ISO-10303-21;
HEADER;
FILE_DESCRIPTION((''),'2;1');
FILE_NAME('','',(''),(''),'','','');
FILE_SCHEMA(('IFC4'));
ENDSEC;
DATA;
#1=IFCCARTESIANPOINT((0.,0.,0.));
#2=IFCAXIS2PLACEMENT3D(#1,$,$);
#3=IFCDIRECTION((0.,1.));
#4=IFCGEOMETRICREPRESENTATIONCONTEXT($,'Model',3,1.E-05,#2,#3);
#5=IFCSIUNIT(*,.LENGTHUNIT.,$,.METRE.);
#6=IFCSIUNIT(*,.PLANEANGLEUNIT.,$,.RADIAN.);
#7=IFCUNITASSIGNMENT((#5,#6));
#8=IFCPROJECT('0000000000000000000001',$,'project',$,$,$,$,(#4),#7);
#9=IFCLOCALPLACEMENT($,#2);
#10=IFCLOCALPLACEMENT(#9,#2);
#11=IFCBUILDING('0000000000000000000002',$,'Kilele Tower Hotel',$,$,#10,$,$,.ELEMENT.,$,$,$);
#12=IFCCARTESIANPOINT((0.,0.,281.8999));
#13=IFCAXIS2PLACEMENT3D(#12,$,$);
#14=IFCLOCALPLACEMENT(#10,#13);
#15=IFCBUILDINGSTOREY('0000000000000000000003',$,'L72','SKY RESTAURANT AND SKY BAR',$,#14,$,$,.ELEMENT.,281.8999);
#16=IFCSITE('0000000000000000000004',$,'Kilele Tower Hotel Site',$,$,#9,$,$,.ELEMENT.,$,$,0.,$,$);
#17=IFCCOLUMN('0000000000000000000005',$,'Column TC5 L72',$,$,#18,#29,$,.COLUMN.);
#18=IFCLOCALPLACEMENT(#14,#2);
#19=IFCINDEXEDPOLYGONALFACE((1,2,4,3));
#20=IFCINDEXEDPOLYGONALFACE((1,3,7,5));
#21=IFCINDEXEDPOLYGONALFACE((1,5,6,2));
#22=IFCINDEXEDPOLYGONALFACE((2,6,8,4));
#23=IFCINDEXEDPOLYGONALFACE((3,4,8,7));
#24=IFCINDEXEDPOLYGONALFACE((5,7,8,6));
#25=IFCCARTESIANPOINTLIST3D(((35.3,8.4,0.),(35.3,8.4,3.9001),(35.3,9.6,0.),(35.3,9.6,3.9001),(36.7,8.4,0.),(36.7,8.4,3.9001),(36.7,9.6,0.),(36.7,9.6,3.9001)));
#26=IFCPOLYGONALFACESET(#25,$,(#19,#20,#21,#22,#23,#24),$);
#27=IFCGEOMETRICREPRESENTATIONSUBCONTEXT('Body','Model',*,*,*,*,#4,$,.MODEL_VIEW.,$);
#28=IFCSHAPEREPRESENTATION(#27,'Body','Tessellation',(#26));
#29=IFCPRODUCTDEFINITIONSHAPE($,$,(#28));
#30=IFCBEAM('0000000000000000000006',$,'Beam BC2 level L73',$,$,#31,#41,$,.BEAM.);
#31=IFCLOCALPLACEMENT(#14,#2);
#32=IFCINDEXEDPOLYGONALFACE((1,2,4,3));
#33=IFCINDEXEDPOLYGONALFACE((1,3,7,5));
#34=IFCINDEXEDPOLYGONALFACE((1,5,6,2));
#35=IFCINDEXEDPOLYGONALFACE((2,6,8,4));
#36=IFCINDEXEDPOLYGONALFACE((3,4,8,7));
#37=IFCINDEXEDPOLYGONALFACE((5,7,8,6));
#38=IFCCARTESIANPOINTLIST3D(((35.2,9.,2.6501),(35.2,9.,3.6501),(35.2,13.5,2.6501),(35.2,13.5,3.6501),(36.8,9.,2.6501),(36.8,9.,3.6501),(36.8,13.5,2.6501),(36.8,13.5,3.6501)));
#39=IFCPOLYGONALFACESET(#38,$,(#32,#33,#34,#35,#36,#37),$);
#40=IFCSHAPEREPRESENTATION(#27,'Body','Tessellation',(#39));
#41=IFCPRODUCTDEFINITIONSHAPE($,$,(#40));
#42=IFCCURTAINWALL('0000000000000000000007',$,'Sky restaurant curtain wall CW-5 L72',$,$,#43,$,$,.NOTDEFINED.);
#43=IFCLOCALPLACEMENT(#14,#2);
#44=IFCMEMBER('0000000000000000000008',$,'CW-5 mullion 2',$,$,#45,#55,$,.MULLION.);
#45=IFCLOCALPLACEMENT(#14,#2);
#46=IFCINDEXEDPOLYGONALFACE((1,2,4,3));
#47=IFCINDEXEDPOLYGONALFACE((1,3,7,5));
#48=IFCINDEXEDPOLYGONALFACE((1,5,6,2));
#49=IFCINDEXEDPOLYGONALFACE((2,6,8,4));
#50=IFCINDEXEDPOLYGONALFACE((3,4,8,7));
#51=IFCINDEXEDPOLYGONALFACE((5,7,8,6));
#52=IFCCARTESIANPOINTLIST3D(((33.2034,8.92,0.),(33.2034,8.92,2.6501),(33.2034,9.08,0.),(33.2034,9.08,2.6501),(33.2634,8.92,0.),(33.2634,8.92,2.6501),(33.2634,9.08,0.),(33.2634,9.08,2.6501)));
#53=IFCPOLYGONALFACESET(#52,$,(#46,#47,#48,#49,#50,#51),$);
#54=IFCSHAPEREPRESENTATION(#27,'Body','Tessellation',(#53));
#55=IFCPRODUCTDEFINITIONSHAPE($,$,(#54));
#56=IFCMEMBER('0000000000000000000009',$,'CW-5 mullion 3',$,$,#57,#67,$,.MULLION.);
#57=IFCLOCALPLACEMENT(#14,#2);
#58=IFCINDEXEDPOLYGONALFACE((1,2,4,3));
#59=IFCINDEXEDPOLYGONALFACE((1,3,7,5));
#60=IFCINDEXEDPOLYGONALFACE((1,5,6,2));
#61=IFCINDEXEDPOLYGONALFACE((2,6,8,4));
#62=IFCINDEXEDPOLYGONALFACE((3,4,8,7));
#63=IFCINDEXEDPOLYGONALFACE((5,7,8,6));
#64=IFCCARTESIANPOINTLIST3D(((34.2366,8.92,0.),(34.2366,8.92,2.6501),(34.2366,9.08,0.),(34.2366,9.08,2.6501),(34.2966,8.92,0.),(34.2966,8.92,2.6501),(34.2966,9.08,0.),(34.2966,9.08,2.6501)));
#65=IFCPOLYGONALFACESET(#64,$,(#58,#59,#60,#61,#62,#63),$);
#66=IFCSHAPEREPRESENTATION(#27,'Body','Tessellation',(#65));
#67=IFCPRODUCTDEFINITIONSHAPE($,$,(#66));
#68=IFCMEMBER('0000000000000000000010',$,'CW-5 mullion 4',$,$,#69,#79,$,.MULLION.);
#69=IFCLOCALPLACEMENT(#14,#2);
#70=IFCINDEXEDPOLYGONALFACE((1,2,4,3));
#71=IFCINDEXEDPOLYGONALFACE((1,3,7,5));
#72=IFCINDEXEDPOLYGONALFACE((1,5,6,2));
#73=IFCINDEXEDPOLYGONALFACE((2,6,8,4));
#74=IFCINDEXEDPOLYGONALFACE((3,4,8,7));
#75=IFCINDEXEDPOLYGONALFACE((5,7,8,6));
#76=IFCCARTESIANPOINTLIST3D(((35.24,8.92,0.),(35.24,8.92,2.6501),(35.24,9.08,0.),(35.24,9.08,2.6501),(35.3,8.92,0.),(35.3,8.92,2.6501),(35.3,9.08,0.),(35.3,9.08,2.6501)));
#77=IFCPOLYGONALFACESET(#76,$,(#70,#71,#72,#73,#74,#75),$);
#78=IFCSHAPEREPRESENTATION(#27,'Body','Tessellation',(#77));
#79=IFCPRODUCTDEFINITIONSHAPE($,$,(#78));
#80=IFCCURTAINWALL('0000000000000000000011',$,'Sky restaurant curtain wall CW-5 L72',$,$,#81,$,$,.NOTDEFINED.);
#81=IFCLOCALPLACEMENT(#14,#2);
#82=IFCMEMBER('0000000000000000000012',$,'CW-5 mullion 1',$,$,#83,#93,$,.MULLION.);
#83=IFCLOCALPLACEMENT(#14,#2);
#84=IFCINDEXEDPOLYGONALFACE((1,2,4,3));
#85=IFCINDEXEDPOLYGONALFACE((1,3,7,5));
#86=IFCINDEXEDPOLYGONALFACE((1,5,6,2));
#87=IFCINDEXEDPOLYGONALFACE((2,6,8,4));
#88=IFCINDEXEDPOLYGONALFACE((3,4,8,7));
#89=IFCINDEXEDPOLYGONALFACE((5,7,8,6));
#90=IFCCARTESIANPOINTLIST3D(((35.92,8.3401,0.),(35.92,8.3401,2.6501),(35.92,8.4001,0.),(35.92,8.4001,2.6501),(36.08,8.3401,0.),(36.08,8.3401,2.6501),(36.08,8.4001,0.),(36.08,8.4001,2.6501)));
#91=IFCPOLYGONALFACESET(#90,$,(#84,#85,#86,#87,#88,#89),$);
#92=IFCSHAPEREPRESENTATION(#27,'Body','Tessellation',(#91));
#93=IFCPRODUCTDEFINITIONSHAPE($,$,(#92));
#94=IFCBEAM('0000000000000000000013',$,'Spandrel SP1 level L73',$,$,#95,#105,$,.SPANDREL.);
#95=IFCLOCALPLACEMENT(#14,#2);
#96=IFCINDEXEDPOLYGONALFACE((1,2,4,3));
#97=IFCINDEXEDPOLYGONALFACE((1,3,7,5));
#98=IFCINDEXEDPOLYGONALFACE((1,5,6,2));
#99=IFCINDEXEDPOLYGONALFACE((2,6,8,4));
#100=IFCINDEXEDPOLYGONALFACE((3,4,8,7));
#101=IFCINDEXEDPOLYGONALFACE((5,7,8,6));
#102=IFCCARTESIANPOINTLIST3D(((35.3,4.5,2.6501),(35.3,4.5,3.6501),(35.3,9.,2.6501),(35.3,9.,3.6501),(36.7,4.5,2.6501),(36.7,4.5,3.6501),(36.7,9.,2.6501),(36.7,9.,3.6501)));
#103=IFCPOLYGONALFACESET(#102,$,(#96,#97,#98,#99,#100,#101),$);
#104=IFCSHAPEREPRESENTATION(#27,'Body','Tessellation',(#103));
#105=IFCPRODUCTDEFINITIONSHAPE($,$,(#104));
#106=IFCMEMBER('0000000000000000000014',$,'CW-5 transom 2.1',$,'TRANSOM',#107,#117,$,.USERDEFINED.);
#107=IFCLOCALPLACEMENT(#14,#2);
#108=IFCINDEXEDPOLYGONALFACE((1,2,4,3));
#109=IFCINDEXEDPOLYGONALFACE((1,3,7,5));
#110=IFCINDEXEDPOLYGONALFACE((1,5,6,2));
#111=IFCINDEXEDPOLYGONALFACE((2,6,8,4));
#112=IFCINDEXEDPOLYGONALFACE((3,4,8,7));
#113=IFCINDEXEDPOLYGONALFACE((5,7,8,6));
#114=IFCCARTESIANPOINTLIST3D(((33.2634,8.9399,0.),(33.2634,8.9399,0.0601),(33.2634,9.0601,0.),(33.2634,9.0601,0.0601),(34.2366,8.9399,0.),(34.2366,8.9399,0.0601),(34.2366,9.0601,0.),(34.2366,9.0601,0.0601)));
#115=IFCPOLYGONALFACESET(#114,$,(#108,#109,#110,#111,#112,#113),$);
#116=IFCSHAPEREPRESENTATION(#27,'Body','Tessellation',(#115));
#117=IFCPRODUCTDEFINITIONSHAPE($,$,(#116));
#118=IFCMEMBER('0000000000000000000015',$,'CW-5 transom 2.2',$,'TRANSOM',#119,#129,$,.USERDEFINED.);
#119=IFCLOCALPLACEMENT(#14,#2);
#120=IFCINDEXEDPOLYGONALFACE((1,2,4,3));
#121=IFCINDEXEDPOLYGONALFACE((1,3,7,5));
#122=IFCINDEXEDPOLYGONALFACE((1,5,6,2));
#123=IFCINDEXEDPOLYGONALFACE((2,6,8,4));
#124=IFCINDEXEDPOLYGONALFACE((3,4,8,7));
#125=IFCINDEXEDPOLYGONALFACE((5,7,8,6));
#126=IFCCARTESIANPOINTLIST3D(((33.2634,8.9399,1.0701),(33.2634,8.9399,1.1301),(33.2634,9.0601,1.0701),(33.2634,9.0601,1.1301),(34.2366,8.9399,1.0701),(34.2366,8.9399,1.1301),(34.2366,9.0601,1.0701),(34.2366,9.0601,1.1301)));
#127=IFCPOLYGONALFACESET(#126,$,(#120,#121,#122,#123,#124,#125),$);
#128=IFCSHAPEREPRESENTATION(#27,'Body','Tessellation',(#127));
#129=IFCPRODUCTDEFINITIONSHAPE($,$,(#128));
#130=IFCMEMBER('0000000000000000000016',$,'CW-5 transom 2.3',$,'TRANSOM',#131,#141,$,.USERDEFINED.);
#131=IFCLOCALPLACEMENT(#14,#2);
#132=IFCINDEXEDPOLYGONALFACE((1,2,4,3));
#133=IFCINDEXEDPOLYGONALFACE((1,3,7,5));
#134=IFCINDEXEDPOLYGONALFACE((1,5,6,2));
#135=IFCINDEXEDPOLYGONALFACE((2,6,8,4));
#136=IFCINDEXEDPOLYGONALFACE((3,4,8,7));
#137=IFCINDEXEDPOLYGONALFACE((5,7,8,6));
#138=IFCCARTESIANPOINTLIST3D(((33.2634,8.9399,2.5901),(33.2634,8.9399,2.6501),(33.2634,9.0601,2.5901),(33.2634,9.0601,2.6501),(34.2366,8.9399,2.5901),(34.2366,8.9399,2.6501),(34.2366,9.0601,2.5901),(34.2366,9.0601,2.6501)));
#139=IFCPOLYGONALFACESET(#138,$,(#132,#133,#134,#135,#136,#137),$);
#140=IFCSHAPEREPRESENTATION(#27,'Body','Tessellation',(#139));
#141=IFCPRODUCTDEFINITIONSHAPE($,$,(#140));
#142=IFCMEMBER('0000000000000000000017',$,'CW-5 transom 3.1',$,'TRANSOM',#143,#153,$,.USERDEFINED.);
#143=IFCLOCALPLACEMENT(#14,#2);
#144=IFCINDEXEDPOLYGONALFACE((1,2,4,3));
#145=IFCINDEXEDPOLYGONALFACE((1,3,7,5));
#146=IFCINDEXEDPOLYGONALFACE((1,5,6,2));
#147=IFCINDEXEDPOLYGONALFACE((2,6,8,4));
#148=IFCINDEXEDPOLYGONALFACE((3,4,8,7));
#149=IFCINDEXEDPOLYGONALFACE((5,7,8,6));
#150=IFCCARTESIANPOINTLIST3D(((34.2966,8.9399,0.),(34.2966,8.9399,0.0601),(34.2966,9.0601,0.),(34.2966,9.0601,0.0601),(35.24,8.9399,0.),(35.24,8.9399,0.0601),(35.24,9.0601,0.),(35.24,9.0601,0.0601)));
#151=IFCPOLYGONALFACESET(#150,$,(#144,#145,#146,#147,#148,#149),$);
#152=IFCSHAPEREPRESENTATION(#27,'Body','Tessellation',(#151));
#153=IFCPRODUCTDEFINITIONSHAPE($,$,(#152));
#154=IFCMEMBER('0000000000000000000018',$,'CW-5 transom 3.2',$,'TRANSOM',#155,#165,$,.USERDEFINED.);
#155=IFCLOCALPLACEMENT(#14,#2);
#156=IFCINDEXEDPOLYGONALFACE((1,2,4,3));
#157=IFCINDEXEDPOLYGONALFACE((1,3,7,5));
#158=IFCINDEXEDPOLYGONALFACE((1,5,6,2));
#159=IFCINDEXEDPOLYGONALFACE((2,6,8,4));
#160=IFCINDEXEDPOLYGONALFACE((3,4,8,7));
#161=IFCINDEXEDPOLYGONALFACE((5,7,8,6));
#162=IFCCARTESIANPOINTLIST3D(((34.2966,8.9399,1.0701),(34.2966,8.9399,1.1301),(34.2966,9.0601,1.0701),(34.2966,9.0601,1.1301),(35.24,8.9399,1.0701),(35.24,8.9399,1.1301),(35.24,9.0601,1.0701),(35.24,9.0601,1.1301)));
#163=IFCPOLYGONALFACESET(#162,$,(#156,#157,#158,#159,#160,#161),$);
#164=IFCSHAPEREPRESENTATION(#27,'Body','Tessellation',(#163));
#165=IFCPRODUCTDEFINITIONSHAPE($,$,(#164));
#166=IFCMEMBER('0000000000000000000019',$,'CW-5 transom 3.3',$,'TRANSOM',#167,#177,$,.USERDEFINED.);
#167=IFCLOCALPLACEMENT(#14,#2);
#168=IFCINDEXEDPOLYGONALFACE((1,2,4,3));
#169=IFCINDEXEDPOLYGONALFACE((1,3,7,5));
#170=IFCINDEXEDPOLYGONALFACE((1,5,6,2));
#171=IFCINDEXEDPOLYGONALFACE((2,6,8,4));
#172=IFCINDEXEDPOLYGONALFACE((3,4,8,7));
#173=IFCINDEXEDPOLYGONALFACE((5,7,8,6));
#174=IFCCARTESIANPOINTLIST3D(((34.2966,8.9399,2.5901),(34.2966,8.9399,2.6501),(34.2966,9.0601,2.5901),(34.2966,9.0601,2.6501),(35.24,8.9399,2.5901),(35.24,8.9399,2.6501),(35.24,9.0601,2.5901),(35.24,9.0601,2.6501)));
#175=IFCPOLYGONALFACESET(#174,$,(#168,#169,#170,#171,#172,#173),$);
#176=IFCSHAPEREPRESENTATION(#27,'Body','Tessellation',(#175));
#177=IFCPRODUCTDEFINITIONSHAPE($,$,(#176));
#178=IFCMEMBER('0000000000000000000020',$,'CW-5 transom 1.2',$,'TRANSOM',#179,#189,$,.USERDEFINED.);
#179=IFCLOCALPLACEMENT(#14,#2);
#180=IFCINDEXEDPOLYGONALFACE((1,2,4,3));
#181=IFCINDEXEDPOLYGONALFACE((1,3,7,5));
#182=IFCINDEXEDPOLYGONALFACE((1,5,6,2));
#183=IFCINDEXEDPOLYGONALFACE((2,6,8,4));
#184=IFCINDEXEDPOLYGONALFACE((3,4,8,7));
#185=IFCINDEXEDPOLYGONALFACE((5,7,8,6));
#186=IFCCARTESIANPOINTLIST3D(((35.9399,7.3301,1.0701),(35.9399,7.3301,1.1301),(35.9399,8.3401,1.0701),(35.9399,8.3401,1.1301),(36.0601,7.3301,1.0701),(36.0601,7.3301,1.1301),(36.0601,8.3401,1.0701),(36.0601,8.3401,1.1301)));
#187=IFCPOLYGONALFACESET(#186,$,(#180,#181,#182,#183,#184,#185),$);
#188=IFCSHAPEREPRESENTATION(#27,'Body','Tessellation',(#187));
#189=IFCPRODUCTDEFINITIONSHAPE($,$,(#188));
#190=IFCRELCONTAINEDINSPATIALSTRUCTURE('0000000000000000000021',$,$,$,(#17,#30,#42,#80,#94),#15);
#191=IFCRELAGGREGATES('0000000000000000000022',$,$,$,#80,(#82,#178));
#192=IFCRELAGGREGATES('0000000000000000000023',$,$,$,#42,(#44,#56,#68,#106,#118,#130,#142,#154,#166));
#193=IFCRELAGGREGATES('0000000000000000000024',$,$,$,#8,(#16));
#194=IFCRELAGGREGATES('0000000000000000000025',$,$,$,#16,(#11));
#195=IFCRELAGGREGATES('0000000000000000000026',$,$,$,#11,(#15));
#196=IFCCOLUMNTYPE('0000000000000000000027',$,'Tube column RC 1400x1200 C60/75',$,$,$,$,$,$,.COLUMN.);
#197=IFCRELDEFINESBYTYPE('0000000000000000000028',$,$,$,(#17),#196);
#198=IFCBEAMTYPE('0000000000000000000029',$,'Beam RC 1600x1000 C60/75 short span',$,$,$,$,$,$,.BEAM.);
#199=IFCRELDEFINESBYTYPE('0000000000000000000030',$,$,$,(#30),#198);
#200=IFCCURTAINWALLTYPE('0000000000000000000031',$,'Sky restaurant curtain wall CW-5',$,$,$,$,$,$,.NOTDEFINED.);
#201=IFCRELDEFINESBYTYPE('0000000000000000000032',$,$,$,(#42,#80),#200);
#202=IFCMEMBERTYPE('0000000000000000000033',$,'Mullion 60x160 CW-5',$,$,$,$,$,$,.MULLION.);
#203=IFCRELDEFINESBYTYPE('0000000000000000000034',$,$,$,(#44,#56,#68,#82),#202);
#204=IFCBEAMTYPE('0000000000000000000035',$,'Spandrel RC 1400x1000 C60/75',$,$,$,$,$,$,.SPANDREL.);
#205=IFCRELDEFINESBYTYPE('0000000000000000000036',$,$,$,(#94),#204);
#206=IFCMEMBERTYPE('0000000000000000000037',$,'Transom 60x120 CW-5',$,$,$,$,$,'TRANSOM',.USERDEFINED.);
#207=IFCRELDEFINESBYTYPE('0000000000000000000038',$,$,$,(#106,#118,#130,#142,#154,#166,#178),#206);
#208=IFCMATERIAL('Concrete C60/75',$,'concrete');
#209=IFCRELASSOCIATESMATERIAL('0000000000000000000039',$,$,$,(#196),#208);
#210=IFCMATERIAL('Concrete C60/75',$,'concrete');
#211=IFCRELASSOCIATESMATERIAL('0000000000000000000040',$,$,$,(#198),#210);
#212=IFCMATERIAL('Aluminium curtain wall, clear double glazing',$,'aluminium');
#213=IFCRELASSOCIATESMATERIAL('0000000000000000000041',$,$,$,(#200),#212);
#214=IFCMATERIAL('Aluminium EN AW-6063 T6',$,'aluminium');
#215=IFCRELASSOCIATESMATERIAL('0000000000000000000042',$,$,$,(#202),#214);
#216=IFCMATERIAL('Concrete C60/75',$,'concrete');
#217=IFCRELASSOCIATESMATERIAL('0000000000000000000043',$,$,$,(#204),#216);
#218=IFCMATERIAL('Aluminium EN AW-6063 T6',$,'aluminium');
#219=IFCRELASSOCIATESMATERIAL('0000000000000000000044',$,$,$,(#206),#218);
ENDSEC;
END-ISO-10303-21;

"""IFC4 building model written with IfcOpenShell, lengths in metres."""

from ifc_helpers import new_model, si_unit, direction, frame, origin, origin_2d, place, context, subcontext, project, spatial, rectangle, extrude, material, material_profile, profile_set, type_object, element, aggregate, save


model = new_model("IFC4")

# Units and contexts
model_context = context("Model", 3, precision=1e-05, world=origin(), true_north=direction((0.0, 1.0)))
body_context = subcontext(model_context, "Body", "Model", "MODEL_VIEW")
ifc_project = project(units=[si_unit("LENGTHUNIT", "METRE"), si_unit("PLANEANGLEUNIT", "RADIAN")], contexts=[model_context])

# Site, building, storey
site_placement = place(None, origin())
site = spatial("IfcSite", under=ifc_project, at=site_placement, Name="Kilele Tower Hotel Site", CompositionType="ELEMENT", RefElevation=0.0)
building_placement = place(site_placement, origin())
building = spatial("IfcBuilding", under=site, at=building_placement, Name="Kilele Tower Hotel", CompositionType="ELEMENT")
storey_placement = place(building_placement, frame((0.0, 0.0, 281.8999)))
storey = spatial("IfcBuildingStorey", under=building, at=storey_placement, Name="L72", Description="SKY RESTAURANT AND SKY BAR", CompositionType="ELEMENT", Elevation=281.8999)

# Column
ifc_material_1 = material(Name="Concrete C60/75", Category="concrete")
ifc_material_profile_1 = material_profile(ifc_material_1, rectangle(XDim=1.3999, YDim=1.2, at=origin_2d()))
ifc_profile_set_1 = profile_set([ifc_material_profile_1], Name="Concrete C60/75")
column_type = type_object("IfcColumnType", Name="Tube column RC 1400x1200 C60/75", PredefinedType="COLUMN", material=ifc_profile_set_1)
column_placement = place(storey_placement, frame((36.0, 9.0, 0.0), z_axis=(0.0, 0.0, 1.0), x_axis=(1.0, 0.0, 0.0)))
element("IfcColumn", 1, at=column_placement, inside=storey, type_object=column_type, Name="Column TC5 L72", PredefinedType="COLUMN", context=body_context, shape_type="SweptSolid", body=[
    extrude(rectangle(XDim=1.3999, YDim=1.2, at=origin_2d()), origin(), (0.0, 0.0, 1.0), 3.9001),
])

# Beam
ifc_material_2 = material(Name="Concrete C60/75", Category="concrete")
ifc_material_profile_2 = material_profile(ifc_material_2, rectangle(XDim=1.6001, YDim=1.0, at=origin_2d()))
ifc_profile_set_2 = profile_set([ifc_material_profile_2], Name="Concrete C60/75")
beam_type_1 = type_object("IfcBeamType", Name="Beam RC 1600x1000 C60/75 short span", PredefinedType="BEAM", material=ifc_profile_set_2)
beam_1_placement = place(storey_placement, frame((36.0, 9.0, 3.1501), z_axis=(0.0, 1.0, 0.0), x_axis=(-1.0, 0.0, 0.0)))
element("IfcBeam", 2, at=beam_1_placement, inside=storey, type_object=beam_type_1, Name="Beam BC2 level L73", PredefinedType="BEAM", context=body_context, shape_type="SweptSolid", body=[
    extrude(rectangle(XDim=1.6001, YDim=1.0, at=origin_2d()), origin(), (0.0, 0.0, 1.0), 4.5),
])

# Curtain wall, members
ifc_material_3 = material(Name="Aluminium curtain wall, clear double glazing", Category="aluminium")
curtain_wall_type = type_object("IfcCurtainWallType", Name="Sky restaurant curtain wall CW-5", PredefinedType="NOTDEFINED", material=ifc_material_3)
curtain_wall_1_placement = place(storey_placement, origin())
curtain_wall_1 = element("IfcCurtainWall", 3, at=curtain_wall_1_placement, inside=storey, type_object=curtain_wall_type, Name="Sky restaurant curtain wall CW-5 L72", PredefinedType="NOTDEFINED")
ifc_material_4 = material(Name="Aluminium EN AW-6063 T6", Category="aluminium")
ifc_material_profile_3 = material_profile(ifc_material_4, rectangle(XDim=0.1599, YDim=0.0601, at=origin_2d()))
ifc_profile_set_3 = profile_set([ifc_material_profile_3], Name="Aluminium EN AW-6063 T6")
member_type_1 = type_object("IfcMemberType", Name="Mullion 60x160 CW-5", PredefinedType="MULLION", material=ifc_profile_set_3)
member_1_placement = place(storey_placement, frame((33.2334, 9.0, 0.0), z_axis=(0.0, 0.0, 1.0), x_axis=(0.0, 1.0, 0.0)))
member_1 = element("IfcMember", 4, at=member_1_placement, type_object=member_type_1, Name="CW-5 mullion 2", PredefinedType="MULLION", context=body_context, shape_type="SweptSolid", body=[
    extrude(rectangle(XDim=0.1599, YDim=0.0601, at=origin_2d()), origin(), (0.0, 0.0, 1.0), 2.6501),
])
member_2_placement = place(storey_placement, frame((34.2666, 9.0, 0.0), z_axis=(0.0, 0.0, 1.0), x_axis=(0.0, 1.0, 0.0)))
member_2 = element("IfcMember", 5, at=member_2_placement, type_object=member_type_1, Name="CW-5 mullion 3", PredefinedType="MULLION", context=body_context, shape_type="SweptSolid", body=[
    extrude(rectangle(XDim=0.1599, YDim=0.0601, at=origin_2d()), origin(), (0.0, 0.0, 1.0), 2.6501),
])
member_3_placement = place(storey_placement, frame((35.27, 9.0, 0.0), z_axis=(0.0, 0.0, 1.0), x_axis=(0.0, 1.0, 0.0)))
member_3 = element("IfcMember", 6, at=member_3_placement, type_object=member_type_1, Name="CW-5 mullion 4", PredefinedType="MULLION", context=body_context, shape_type="SweptSolid", body=[
    extrude(rectangle(XDim=0.1599, YDim=0.0601, at=origin_2d()), origin(), (0.0, 0.0, 1.0), 2.6501),
])

# Curtain wall, member
curtain_wall_2_placement = place(storey_placement, origin())
curtain_wall_2 = element("IfcCurtainWall", 7, at=curtain_wall_2_placement, inside=storey, type_object=curtain_wall_type, Name="Sky restaurant curtain wall CW-5 L72", PredefinedType="NOTDEFINED")
member_4_placement = place(storey_placement, frame((36.0, 8.3701, 0.0), z_axis=(0.0, 0.0, 1.0), x_axis=(1.0, 0.0, 0.0)))
member_4 = element("IfcMember", 8, at=member_4_placement, type_object=member_type_1, Name="CW-5 mullion 1", PredefinedType="MULLION", context=body_context, shape_type="SweptSolid", body=[
    extrude(rectangle(XDim=0.1599, YDim=0.0601, at=origin_2d()), origin(), (0.0, 0.0, 1.0), 2.6501),
])

# Beam
ifc_material_5 = material(Name="Concrete C60/75", Category="concrete")
ifc_material_profile_4 = material_profile(ifc_material_5, rectangle(XDim=1.3999, YDim=1.0, at=origin_2d()))
ifc_profile_set_4 = profile_set([ifc_material_profile_4], Name="Concrete C60/75")
beam_type_2 = type_object("IfcBeamType", Name="Spandrel RC 1400x1000 C60/75", PredefinedType="SPANDREL", material=ifc_profile_set_4)
beam_2_placement = place(storey_placement, frame((36.0, 9.0, 3.1501), z_axis=(0.0, -1.0, 0.0), x_axis=(1.0, 0.0, 0.0)))
element("IfcBeam", 9, at=beam_2_placement, inside=storey, type_object=beam_type_2, Name="Spandrel SP1 level L73", PredefinedType="SPANDREL", context=body_context, shape_type="SweptSolid", body=[
    extrude(rectangle(XDim=1.3999, YDim=1.0, at=origin_2d()), origin(), (0.0, 0.0, 1.0), 4.5),
])

# Members
ifc_material_6 = material(Name="Aluminium EN AW-6063 T6", Category="aluminium")
ifc_material_profile_5 = material_profile(ifc_material_6, rectangle(XDim=0.1201, YDim=0.0601, at=origin_2d()))
ifc_profile_set_5 = profile_set([ifc_material_profile_5], Name="Aluminium EN AW-6063 T6")
member_type_2 = type_object("IfcMemberType", Name="Transom 60x120 CW-5", ElementType="TRANSOM", PredefinedType="USERDEFINED", material=ifc_profile_set_5)
member_5_placement = place(storey_placement, frame((33.2634, 9.0, 0.03), z_axis=(1.0, 0.0, 0.0), x_axis=(0.0, 1.0, 0.0)))
member_5 = element("IfcMember", 10, at=member_5_placement, type_object=member_type_2, Name="CW-5 transom 2.1", ObjectType="TRANSOM", PredefinedType="USERDEFINED", context=body_context, shape_type="SweptSolid", body=[
    extrude(rectangle(XDim=0.1201, YDim=0.0601, at=origin_2d()), origin(), (0.0, 0.0, 1.0), 0.9731),
])
member_6_placement = place(storey_placement, frame((33.2634, 9.0, 1.1001), z_axis=(1.0, 0.0, 0.0), x_axis=(0.0, 1.0, 0.0)))
member_6 = element("IfcMember", 11, at=member_6_placement, type_object=member_type_2, Name="CW-5 transom 2.2", ObjectType="TRANSOM", PredefinedType="USERDEFINED", context=body_context, shape_type="SweptSolid", body=[
    extrude(rectangle(XDim=0.1201, YDim=0.0601, at=origin_2d()), origin(), (0.0, 0.0, 1.0), 0.9731),
])
member_7_placement = place(storey_placement, frame((33.2634, 9.0, 2.6201), z_axis=(1.0, 0.0, 0.0), x_axis=(0.0, 1.0, 0.0)))
member_7 = element("IfcMember", 12, at=member_7_placement, type_object=member_type_2, Name="CW-5 transom 2.3", ObjectType="TRANSOM", PredefinedType="USERDEFINED", context=body_context, shape_type="SweptSolid", body=[
    extrude(rectangle(XDim=0.1201, YDim=0.0601, at=origin_2d()), origin(), (0.0, 0.0, 1.0), 0.9731),
])
member_8_placement = place(storey_placement, frame((34.2966, 9.0, 0.03), z_axis=(1.0, 0.0, 0.0), x_axis=(0.0, 1.0, 0.0)))
member_8 = element("IfcMember", 13, at=member_8_placement, type_object=member_type_2, Name="CW-5 transom 3.1", ObjectType="TRANSOM", PredefinedType="USERDEFINED", context=body_context, shape_type="SweptSolid", body=[
    extrude(rectangle(XDim=0.1201, YDim=0.0601, at=origin_2d()), origin(), (0.0, 0.0, 1.0), 0.9434),
])
member_9_placement = place(storey_placement, frame((34.2966, 9.0, 1.1001), z_axis=(1.0, 0.0, 0.0), x_axis=(0.0, 1.0, 0.0)))
member_9 = element("IfcMember", 14, at=member_9_placement, type_object=member_type_2, Name="CW-5 transom 3.2", ObjectType="TRANSOM", PredefinedType="USERDEFINED", context=body_context, shape_type="SweptSolid", body=[
    extrude(rectangle(XDim=0.1201, YDim=0.0601, at=origin_2d()), origin(), (0.0, 0.0, 1.0), 0.9434),
])
member_10_placement = place(storey_placement, frame((34.2966, 9.0, 2.6201), z_axis=(1.0, 0.0, 0.0), x_axis=(0.0, 1.0, 0.0)))
member_10 = element("IfcMember", 15, at=member_10_placement, type_object=member_type_2, Name="CW-5 transom 3.3", ObjectType="TRANSOM", PredefinedType="USERDEFINED", context=body_context, shape_type="SweptSolid", body=[
    extrude(rectangle(XDim=0.1201, YDim=0.0601, at=origin_2d()), origin(), (0.0, 0.0, 1.0), 0.9434),
])
member_11_placement = place(storey_placement, frame((36.0, 8.3401, 1.1001), z_axis=(0.0, -1.0, 0.0), x_axis=(1.0, 0.0, 0.0)))
member_11 = element("IfcMember", 16, at=member_11_placement, type_object=member_type_2, Name="CW-5 transom 1.2", ObjectType="TRANSOM", PredefinedType="USERDEFINED", context=body_context, shape_type="SweptSolid", body=[
    extrude(rectangle(XDim=0.1201, YDim=0.0601, at=origin_2d()), origin(), (0.0, 0.0, 1.0), 1.01),
])
aggregate(curtain_wall_2, [member_4, member_11])

aggregate(curtain_wall_1, [member_1, member_2, member_3, member_5, member_6, member_7, member_8, member_9, member_10])

save(model, "model.ifc")
